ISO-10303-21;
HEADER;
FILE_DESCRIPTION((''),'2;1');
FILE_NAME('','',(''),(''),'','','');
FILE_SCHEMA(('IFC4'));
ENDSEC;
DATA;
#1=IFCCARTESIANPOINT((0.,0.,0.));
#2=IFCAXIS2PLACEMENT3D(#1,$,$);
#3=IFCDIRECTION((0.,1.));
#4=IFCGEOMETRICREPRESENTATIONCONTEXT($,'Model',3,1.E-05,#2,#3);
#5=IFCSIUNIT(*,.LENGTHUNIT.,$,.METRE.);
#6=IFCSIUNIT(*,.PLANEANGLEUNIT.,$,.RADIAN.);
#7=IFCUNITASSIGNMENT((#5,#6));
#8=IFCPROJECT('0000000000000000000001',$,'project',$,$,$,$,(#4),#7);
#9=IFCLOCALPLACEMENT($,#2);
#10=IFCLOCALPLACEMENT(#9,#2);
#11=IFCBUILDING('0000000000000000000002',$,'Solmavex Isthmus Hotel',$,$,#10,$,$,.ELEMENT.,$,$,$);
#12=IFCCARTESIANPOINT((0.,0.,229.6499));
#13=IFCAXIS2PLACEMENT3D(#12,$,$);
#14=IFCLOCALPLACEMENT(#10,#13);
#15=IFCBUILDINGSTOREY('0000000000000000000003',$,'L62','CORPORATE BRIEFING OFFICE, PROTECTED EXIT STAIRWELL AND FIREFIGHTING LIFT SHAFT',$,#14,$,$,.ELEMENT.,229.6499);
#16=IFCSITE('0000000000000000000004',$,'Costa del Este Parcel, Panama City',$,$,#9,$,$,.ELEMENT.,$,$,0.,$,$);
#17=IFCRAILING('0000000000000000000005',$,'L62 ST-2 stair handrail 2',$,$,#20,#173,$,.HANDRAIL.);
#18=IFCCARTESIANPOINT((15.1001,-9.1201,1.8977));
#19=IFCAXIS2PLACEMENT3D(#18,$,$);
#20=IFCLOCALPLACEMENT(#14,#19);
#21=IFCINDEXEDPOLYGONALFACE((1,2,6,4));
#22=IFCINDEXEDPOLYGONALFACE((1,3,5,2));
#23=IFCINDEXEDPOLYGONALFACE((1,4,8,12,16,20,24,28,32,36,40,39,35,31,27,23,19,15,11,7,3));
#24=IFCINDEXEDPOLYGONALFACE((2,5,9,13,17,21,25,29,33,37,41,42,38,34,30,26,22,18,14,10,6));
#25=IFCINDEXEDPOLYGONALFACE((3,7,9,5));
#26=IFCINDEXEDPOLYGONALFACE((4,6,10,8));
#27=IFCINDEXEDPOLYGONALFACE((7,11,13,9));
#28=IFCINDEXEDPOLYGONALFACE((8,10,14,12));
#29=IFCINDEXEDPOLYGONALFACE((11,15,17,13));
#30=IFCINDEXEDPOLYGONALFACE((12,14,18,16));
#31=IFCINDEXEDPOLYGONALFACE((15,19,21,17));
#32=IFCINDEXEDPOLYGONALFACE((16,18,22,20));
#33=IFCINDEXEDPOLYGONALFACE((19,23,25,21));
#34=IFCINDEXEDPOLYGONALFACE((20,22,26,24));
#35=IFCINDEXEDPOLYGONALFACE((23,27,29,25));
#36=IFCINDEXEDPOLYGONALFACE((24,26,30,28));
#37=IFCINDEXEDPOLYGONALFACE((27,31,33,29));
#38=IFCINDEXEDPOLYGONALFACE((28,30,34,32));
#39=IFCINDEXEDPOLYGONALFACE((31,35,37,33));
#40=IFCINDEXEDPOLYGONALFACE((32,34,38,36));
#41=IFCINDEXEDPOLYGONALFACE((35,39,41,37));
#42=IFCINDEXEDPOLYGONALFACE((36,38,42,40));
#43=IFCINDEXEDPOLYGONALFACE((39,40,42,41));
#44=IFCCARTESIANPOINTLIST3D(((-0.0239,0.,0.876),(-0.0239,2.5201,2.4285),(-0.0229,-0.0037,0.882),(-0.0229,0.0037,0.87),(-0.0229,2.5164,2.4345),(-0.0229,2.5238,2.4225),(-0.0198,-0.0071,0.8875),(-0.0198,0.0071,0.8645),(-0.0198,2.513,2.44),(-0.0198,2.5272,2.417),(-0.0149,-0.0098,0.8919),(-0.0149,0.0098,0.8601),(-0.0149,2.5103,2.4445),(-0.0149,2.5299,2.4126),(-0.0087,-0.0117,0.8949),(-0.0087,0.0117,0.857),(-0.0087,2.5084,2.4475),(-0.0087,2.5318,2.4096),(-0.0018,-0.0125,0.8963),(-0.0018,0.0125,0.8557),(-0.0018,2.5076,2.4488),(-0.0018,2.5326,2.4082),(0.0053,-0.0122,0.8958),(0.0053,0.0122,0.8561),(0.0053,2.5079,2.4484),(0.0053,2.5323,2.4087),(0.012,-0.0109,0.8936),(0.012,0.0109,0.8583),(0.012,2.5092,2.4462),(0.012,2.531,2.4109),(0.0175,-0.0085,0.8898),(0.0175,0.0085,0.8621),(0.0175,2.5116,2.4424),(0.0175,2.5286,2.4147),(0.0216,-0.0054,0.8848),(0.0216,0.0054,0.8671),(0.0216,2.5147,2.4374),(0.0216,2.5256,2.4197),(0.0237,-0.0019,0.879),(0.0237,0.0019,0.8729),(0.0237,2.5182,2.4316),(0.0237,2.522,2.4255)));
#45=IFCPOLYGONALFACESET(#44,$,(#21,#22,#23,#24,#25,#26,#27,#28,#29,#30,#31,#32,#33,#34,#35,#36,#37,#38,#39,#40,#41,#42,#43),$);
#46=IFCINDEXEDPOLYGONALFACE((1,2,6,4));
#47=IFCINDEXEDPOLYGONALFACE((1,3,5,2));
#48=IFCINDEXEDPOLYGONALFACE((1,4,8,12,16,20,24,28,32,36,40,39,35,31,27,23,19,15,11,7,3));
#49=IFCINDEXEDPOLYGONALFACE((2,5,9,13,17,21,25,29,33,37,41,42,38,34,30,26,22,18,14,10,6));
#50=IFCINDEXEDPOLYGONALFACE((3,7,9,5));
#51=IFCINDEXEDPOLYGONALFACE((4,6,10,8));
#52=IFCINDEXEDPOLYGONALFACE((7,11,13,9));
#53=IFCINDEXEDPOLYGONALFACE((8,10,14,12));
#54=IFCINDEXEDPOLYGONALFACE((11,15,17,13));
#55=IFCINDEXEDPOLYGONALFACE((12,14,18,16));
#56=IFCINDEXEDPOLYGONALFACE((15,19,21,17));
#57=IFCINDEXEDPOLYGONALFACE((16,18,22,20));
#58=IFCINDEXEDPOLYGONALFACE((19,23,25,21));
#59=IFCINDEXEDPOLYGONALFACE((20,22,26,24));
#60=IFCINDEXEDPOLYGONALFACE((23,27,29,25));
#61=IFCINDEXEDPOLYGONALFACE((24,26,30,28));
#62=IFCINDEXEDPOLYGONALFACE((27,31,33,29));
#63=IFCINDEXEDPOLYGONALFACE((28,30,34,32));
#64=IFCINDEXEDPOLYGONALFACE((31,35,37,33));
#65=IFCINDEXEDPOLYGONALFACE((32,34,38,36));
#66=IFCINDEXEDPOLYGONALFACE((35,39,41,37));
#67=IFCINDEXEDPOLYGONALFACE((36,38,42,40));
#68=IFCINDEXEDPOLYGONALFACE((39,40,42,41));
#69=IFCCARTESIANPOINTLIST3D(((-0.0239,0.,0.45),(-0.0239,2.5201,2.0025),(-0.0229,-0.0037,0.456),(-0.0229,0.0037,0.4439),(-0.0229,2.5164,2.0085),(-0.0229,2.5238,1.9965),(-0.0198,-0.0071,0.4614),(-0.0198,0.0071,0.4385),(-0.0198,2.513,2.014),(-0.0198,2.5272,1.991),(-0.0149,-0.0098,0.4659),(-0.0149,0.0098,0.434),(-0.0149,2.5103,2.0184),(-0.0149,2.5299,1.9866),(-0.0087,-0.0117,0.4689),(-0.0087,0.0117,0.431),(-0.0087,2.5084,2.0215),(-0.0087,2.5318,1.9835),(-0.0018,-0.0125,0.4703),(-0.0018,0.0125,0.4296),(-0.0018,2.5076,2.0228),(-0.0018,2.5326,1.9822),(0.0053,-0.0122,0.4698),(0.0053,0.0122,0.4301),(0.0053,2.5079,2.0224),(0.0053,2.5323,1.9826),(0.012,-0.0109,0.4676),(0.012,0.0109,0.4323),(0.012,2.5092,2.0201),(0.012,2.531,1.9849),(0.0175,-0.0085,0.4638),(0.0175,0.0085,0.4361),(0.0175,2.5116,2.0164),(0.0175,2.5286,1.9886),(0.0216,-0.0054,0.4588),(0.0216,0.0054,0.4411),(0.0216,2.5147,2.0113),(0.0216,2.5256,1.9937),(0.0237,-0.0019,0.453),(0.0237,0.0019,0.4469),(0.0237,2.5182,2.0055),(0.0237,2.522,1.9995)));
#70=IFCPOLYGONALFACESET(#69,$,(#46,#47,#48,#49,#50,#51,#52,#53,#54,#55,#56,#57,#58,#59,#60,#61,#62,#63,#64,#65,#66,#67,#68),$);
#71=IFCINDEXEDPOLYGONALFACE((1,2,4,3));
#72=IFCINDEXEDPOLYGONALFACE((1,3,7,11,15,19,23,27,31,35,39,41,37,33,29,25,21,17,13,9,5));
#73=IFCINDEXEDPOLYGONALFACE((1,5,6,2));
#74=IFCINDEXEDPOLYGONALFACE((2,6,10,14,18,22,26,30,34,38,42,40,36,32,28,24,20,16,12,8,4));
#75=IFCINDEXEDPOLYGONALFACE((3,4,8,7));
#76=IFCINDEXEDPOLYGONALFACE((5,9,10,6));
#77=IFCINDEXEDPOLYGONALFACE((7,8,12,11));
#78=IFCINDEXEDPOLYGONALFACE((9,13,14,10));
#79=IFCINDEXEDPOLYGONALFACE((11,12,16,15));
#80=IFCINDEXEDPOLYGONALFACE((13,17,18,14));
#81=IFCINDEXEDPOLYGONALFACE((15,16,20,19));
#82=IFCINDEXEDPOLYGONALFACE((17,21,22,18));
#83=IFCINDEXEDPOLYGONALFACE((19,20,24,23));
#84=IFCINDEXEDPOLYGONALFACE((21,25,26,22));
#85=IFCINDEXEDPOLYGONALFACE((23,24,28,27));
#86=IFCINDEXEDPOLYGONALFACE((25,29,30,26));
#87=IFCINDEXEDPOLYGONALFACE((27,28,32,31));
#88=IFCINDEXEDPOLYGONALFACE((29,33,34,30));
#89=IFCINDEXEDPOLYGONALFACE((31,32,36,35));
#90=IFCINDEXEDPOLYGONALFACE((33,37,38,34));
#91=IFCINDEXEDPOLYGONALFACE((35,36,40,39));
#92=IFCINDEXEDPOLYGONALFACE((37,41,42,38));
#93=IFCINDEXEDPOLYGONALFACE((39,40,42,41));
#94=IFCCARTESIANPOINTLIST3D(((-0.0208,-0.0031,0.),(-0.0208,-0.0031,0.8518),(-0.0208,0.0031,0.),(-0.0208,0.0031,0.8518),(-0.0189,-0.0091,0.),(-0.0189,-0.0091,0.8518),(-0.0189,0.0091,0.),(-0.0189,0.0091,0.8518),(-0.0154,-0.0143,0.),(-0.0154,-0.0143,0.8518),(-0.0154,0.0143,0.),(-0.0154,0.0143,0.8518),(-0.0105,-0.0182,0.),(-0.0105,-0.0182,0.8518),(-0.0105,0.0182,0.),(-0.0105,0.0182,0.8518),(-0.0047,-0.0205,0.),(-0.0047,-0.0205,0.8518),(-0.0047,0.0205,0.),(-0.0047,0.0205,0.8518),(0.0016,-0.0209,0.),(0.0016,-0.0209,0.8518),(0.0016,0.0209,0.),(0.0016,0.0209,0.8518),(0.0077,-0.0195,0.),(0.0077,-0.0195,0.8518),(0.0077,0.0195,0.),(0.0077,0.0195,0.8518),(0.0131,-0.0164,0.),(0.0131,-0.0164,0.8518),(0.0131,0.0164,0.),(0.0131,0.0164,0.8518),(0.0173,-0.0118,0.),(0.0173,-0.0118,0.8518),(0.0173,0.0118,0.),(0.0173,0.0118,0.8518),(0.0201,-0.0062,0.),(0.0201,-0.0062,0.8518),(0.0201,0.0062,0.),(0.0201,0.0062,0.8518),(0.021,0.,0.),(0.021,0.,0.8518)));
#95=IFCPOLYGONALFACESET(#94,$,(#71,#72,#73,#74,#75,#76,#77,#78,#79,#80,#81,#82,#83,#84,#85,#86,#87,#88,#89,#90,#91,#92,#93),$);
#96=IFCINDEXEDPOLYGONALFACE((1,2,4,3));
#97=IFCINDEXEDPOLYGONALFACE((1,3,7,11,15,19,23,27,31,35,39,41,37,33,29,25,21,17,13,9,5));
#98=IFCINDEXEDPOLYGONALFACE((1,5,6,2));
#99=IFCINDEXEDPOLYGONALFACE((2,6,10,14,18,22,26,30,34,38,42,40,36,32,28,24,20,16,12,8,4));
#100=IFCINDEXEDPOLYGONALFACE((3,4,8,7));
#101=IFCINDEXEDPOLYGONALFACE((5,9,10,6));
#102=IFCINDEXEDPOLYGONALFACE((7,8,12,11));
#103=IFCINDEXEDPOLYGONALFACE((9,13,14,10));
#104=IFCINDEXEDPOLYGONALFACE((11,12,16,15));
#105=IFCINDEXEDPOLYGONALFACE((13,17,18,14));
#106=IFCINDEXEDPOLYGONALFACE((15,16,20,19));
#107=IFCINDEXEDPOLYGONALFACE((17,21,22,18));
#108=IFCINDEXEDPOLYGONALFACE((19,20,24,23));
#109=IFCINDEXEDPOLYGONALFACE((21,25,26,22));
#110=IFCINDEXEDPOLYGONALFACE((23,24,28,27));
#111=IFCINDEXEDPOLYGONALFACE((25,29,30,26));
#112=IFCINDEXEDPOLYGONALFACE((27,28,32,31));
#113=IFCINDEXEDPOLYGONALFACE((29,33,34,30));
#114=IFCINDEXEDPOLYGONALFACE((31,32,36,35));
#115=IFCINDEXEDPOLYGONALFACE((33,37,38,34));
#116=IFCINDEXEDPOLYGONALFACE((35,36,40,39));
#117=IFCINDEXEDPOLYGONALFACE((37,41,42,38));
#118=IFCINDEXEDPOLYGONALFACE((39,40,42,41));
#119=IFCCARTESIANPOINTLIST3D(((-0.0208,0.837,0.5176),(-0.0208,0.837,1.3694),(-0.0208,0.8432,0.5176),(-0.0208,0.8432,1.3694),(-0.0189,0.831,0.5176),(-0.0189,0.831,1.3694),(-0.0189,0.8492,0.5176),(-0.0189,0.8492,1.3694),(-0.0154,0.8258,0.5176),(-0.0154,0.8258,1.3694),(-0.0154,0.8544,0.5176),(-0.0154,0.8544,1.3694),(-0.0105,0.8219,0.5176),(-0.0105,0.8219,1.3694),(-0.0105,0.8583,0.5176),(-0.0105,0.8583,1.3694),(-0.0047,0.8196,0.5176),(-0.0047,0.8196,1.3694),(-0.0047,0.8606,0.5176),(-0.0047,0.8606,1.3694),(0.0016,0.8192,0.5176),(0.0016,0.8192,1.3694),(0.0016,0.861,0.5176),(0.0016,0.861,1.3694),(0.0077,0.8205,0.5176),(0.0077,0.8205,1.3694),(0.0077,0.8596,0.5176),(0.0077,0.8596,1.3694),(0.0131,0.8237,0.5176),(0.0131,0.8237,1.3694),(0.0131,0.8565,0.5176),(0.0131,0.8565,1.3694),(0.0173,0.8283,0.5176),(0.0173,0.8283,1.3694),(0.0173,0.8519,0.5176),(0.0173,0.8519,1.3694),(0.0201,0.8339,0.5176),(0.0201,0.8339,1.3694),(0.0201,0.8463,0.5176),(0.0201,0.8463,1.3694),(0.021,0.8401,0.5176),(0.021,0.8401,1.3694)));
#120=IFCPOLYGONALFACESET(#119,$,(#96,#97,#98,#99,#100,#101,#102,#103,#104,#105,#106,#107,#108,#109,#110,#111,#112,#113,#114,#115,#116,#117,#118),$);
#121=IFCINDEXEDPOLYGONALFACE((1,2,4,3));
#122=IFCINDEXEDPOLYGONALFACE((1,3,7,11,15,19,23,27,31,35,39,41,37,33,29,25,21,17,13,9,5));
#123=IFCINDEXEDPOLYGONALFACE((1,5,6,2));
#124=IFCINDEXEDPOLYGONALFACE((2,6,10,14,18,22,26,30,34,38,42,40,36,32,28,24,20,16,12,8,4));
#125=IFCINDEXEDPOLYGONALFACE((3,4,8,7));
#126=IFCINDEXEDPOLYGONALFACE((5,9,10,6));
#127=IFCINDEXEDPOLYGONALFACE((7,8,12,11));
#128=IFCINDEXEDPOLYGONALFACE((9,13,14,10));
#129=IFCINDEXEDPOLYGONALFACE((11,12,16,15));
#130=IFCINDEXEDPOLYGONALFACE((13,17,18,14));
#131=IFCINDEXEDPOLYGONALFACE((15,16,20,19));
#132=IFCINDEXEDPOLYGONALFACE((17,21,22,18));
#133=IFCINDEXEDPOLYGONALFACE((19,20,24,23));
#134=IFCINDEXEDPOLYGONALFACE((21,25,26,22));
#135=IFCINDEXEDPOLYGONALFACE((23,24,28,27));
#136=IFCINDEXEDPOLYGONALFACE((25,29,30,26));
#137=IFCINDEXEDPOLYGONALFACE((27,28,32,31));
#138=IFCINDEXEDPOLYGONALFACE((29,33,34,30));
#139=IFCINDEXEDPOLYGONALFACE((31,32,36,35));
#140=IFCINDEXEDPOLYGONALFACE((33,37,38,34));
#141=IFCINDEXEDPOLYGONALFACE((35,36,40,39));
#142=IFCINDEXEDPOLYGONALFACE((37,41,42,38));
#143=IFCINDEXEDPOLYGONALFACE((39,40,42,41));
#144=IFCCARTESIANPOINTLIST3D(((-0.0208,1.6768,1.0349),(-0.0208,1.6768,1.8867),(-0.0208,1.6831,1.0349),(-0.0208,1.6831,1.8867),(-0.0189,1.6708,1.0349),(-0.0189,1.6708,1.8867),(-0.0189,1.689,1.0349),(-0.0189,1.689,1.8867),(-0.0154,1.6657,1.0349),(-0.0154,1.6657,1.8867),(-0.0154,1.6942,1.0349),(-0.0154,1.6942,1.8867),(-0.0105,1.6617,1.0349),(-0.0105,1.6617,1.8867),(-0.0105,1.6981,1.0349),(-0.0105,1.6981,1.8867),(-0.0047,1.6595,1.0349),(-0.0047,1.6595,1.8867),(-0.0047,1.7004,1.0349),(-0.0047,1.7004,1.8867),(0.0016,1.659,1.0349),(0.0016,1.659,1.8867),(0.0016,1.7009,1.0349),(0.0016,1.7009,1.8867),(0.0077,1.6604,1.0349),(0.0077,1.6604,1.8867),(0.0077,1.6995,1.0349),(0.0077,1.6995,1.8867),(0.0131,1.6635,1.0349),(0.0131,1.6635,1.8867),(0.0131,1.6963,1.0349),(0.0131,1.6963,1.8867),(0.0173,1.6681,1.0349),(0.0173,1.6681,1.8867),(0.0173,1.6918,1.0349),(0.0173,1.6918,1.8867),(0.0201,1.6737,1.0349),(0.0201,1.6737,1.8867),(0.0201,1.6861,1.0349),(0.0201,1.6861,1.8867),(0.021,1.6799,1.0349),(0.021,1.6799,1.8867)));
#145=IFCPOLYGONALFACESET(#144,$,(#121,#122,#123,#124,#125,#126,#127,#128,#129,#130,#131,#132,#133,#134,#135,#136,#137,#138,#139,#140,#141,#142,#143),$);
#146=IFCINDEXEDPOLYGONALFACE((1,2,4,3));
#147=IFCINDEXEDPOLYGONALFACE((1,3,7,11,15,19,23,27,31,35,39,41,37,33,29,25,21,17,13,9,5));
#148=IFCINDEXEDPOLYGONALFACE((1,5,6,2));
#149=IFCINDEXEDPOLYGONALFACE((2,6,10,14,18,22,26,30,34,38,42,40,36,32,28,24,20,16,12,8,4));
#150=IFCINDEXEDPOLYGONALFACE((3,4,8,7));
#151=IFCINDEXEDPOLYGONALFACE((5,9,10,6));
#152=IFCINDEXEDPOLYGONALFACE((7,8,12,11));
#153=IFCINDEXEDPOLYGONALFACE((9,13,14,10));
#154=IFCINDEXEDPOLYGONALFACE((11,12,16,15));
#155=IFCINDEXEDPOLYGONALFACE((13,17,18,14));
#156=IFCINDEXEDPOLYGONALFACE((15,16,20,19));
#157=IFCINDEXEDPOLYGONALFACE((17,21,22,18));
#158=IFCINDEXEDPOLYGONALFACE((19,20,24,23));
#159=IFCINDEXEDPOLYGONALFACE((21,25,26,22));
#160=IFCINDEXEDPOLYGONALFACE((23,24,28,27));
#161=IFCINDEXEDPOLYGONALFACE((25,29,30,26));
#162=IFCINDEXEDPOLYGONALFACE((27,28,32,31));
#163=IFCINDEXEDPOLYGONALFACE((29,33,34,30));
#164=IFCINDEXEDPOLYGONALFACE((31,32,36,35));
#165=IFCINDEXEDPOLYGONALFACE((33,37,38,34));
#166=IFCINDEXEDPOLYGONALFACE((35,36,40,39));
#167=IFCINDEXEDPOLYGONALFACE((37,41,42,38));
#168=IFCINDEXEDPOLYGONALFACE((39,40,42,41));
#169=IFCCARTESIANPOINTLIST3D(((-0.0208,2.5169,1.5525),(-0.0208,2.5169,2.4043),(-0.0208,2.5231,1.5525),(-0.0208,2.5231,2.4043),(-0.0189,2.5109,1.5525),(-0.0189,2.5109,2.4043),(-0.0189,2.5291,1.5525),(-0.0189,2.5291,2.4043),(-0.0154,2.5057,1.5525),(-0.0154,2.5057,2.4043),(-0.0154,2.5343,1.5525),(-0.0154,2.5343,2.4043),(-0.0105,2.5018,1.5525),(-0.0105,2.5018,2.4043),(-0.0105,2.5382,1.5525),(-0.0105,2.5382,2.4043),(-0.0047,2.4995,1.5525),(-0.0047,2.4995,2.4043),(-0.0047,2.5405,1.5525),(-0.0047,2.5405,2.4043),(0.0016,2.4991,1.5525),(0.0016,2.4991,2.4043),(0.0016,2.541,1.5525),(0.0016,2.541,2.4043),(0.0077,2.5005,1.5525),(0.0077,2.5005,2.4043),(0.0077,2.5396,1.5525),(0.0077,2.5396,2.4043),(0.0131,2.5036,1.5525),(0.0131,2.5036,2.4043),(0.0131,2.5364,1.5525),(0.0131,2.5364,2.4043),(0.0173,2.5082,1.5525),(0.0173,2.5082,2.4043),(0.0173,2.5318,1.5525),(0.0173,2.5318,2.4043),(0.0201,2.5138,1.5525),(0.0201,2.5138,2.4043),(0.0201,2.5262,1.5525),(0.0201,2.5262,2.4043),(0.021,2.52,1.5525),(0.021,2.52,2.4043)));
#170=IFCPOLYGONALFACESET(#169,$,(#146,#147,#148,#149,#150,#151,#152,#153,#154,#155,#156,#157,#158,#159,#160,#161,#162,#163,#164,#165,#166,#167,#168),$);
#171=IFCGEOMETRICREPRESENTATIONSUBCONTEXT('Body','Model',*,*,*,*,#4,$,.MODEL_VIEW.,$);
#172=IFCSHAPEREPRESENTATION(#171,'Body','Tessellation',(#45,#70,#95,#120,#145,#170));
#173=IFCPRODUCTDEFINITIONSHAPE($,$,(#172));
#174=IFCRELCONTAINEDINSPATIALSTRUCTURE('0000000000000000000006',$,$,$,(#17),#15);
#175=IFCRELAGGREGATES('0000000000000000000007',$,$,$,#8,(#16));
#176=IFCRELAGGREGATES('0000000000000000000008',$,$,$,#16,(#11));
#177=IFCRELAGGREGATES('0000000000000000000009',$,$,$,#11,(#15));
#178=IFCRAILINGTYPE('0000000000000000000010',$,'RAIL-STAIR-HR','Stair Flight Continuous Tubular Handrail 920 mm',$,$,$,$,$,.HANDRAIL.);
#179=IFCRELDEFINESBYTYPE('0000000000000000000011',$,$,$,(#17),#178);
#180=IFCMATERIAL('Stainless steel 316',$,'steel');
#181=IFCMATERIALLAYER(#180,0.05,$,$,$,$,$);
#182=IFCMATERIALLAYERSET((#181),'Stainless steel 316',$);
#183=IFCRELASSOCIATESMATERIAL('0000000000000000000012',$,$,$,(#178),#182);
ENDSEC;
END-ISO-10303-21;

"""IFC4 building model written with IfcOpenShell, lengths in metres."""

from ifc_helpers import new_model, si_unit, direction, frame, origin, origin_2d, place, context, subcontext, project, spatial, circle, extrude, material, layer, layer_set, type_object, element, save


model = new_model("IFC4")

# Units and contexts
model_context = context("Model", 3, precision=1e-05, world=origin(), true_north=direction((0.0, 1.0)))
body_context = subcontext(model_context, "Body", "Model", "MODEL_VIEW")
ifc_project = project(units=[si_unit("LENGTHUNIT", "METRE"), si_unit("PLANEANGLEUNIT", "RADIAN")], contexts=[model_context])

# Site, building, storey
site_placement = place(None, origin())
site = spatial("IfcSite", under=ifc_project, at=site_placement, Name="Costa del Este Parcel, Panama City", CompositionType="ELEMENT", RefElevation=0.0)
building_placement = place(site_placement, origin())
building = spatial("IfcBuilding", under=site, at=building_placement, Name="Solmavex Isthmus Hotel", CompositionType="ELEMENT")
storey_placement = place(building_placement, frame((0.0, 0.0, 229.6499)))
storey = spatial("IfcBuildingStorey", under=building, at=storey_placement, Name="L62", Description="CORPORATE BRIEFING OFFICE, PROTECTED EXIT STAIRWELL AND FIREFIGHTING LIFT SHAFT", CompositionType="ELEMENT", Elevation=229.6499)

# Railing
ifc_material_1 = material(Name="Stainless steel 316", Category="steel")
ifc_layer_1 = layer(ifc_material_1, 0.05)
ifc_layer_set_1 = layer_set([ifc_layer_1], Name="Stainless steel 316")
railing_type_1 = type_object("IfcRailingType", Name="RAIL-STAIR-HR", Description="Stair Flight Continuous Tubular Handrail 920 mm", PredefinedType="HANDRAIL", material=ifc_layer_set_1)
railing_1_placement = place(storey_placement, frame((15.1001, -9.1201, 1.8977)))
element("IfcRailing", 1, at=railing_1_placement, inside=storey, type_object=railing_type_1, Name="L62 ST-2 stair handrail 2", PredefinedType="HANDRAIL", context=body_context, shape_type="SweptSolid", body=[
    extrude(circle(Radius=0.0239, at=origin_2d()), frame((0.0, 0.0, 0.876), z_axis=(0.0, 0.8514, 0.524516), x_axis=(-1.0, 0.0, 0.0)), (0.0, 0.0, 1.0), 2.96),
    extrude(circle(Radius=0.0239, at=origin_2d()), frame((0.0, 0.0, 0.45), z_axis=(0.0, 0.8514, 0.524516), x_axis=(-1.0, 0.0, 0.0)), (0.0, 0.0, 1.0), 2.96),
    extrude(circle(Radius=0.021, at=origin_2d()), origin(), (0.0, 0.0, 1.0), 0.8518),
    extrude(circle(Radius=0.021, at=origin_2d()), frame((0.0, 0.8401, 0.5176)), (0.0, 0.0, 1.0), 0.8518),
    extrude(circle(Radius=0.021, at=origin_2d()), frame((0.0, 1.6799, 1.0349)), (0.0, 0.0, 1.0), 0.8518),
    extrude(circle(Radius=0.021, at=origin_2d()), frame((0.0, 2.52, 1.5525)), (0.0, 0.0, 1.0), 0.8518),
])

save(model, "model.ifc")
